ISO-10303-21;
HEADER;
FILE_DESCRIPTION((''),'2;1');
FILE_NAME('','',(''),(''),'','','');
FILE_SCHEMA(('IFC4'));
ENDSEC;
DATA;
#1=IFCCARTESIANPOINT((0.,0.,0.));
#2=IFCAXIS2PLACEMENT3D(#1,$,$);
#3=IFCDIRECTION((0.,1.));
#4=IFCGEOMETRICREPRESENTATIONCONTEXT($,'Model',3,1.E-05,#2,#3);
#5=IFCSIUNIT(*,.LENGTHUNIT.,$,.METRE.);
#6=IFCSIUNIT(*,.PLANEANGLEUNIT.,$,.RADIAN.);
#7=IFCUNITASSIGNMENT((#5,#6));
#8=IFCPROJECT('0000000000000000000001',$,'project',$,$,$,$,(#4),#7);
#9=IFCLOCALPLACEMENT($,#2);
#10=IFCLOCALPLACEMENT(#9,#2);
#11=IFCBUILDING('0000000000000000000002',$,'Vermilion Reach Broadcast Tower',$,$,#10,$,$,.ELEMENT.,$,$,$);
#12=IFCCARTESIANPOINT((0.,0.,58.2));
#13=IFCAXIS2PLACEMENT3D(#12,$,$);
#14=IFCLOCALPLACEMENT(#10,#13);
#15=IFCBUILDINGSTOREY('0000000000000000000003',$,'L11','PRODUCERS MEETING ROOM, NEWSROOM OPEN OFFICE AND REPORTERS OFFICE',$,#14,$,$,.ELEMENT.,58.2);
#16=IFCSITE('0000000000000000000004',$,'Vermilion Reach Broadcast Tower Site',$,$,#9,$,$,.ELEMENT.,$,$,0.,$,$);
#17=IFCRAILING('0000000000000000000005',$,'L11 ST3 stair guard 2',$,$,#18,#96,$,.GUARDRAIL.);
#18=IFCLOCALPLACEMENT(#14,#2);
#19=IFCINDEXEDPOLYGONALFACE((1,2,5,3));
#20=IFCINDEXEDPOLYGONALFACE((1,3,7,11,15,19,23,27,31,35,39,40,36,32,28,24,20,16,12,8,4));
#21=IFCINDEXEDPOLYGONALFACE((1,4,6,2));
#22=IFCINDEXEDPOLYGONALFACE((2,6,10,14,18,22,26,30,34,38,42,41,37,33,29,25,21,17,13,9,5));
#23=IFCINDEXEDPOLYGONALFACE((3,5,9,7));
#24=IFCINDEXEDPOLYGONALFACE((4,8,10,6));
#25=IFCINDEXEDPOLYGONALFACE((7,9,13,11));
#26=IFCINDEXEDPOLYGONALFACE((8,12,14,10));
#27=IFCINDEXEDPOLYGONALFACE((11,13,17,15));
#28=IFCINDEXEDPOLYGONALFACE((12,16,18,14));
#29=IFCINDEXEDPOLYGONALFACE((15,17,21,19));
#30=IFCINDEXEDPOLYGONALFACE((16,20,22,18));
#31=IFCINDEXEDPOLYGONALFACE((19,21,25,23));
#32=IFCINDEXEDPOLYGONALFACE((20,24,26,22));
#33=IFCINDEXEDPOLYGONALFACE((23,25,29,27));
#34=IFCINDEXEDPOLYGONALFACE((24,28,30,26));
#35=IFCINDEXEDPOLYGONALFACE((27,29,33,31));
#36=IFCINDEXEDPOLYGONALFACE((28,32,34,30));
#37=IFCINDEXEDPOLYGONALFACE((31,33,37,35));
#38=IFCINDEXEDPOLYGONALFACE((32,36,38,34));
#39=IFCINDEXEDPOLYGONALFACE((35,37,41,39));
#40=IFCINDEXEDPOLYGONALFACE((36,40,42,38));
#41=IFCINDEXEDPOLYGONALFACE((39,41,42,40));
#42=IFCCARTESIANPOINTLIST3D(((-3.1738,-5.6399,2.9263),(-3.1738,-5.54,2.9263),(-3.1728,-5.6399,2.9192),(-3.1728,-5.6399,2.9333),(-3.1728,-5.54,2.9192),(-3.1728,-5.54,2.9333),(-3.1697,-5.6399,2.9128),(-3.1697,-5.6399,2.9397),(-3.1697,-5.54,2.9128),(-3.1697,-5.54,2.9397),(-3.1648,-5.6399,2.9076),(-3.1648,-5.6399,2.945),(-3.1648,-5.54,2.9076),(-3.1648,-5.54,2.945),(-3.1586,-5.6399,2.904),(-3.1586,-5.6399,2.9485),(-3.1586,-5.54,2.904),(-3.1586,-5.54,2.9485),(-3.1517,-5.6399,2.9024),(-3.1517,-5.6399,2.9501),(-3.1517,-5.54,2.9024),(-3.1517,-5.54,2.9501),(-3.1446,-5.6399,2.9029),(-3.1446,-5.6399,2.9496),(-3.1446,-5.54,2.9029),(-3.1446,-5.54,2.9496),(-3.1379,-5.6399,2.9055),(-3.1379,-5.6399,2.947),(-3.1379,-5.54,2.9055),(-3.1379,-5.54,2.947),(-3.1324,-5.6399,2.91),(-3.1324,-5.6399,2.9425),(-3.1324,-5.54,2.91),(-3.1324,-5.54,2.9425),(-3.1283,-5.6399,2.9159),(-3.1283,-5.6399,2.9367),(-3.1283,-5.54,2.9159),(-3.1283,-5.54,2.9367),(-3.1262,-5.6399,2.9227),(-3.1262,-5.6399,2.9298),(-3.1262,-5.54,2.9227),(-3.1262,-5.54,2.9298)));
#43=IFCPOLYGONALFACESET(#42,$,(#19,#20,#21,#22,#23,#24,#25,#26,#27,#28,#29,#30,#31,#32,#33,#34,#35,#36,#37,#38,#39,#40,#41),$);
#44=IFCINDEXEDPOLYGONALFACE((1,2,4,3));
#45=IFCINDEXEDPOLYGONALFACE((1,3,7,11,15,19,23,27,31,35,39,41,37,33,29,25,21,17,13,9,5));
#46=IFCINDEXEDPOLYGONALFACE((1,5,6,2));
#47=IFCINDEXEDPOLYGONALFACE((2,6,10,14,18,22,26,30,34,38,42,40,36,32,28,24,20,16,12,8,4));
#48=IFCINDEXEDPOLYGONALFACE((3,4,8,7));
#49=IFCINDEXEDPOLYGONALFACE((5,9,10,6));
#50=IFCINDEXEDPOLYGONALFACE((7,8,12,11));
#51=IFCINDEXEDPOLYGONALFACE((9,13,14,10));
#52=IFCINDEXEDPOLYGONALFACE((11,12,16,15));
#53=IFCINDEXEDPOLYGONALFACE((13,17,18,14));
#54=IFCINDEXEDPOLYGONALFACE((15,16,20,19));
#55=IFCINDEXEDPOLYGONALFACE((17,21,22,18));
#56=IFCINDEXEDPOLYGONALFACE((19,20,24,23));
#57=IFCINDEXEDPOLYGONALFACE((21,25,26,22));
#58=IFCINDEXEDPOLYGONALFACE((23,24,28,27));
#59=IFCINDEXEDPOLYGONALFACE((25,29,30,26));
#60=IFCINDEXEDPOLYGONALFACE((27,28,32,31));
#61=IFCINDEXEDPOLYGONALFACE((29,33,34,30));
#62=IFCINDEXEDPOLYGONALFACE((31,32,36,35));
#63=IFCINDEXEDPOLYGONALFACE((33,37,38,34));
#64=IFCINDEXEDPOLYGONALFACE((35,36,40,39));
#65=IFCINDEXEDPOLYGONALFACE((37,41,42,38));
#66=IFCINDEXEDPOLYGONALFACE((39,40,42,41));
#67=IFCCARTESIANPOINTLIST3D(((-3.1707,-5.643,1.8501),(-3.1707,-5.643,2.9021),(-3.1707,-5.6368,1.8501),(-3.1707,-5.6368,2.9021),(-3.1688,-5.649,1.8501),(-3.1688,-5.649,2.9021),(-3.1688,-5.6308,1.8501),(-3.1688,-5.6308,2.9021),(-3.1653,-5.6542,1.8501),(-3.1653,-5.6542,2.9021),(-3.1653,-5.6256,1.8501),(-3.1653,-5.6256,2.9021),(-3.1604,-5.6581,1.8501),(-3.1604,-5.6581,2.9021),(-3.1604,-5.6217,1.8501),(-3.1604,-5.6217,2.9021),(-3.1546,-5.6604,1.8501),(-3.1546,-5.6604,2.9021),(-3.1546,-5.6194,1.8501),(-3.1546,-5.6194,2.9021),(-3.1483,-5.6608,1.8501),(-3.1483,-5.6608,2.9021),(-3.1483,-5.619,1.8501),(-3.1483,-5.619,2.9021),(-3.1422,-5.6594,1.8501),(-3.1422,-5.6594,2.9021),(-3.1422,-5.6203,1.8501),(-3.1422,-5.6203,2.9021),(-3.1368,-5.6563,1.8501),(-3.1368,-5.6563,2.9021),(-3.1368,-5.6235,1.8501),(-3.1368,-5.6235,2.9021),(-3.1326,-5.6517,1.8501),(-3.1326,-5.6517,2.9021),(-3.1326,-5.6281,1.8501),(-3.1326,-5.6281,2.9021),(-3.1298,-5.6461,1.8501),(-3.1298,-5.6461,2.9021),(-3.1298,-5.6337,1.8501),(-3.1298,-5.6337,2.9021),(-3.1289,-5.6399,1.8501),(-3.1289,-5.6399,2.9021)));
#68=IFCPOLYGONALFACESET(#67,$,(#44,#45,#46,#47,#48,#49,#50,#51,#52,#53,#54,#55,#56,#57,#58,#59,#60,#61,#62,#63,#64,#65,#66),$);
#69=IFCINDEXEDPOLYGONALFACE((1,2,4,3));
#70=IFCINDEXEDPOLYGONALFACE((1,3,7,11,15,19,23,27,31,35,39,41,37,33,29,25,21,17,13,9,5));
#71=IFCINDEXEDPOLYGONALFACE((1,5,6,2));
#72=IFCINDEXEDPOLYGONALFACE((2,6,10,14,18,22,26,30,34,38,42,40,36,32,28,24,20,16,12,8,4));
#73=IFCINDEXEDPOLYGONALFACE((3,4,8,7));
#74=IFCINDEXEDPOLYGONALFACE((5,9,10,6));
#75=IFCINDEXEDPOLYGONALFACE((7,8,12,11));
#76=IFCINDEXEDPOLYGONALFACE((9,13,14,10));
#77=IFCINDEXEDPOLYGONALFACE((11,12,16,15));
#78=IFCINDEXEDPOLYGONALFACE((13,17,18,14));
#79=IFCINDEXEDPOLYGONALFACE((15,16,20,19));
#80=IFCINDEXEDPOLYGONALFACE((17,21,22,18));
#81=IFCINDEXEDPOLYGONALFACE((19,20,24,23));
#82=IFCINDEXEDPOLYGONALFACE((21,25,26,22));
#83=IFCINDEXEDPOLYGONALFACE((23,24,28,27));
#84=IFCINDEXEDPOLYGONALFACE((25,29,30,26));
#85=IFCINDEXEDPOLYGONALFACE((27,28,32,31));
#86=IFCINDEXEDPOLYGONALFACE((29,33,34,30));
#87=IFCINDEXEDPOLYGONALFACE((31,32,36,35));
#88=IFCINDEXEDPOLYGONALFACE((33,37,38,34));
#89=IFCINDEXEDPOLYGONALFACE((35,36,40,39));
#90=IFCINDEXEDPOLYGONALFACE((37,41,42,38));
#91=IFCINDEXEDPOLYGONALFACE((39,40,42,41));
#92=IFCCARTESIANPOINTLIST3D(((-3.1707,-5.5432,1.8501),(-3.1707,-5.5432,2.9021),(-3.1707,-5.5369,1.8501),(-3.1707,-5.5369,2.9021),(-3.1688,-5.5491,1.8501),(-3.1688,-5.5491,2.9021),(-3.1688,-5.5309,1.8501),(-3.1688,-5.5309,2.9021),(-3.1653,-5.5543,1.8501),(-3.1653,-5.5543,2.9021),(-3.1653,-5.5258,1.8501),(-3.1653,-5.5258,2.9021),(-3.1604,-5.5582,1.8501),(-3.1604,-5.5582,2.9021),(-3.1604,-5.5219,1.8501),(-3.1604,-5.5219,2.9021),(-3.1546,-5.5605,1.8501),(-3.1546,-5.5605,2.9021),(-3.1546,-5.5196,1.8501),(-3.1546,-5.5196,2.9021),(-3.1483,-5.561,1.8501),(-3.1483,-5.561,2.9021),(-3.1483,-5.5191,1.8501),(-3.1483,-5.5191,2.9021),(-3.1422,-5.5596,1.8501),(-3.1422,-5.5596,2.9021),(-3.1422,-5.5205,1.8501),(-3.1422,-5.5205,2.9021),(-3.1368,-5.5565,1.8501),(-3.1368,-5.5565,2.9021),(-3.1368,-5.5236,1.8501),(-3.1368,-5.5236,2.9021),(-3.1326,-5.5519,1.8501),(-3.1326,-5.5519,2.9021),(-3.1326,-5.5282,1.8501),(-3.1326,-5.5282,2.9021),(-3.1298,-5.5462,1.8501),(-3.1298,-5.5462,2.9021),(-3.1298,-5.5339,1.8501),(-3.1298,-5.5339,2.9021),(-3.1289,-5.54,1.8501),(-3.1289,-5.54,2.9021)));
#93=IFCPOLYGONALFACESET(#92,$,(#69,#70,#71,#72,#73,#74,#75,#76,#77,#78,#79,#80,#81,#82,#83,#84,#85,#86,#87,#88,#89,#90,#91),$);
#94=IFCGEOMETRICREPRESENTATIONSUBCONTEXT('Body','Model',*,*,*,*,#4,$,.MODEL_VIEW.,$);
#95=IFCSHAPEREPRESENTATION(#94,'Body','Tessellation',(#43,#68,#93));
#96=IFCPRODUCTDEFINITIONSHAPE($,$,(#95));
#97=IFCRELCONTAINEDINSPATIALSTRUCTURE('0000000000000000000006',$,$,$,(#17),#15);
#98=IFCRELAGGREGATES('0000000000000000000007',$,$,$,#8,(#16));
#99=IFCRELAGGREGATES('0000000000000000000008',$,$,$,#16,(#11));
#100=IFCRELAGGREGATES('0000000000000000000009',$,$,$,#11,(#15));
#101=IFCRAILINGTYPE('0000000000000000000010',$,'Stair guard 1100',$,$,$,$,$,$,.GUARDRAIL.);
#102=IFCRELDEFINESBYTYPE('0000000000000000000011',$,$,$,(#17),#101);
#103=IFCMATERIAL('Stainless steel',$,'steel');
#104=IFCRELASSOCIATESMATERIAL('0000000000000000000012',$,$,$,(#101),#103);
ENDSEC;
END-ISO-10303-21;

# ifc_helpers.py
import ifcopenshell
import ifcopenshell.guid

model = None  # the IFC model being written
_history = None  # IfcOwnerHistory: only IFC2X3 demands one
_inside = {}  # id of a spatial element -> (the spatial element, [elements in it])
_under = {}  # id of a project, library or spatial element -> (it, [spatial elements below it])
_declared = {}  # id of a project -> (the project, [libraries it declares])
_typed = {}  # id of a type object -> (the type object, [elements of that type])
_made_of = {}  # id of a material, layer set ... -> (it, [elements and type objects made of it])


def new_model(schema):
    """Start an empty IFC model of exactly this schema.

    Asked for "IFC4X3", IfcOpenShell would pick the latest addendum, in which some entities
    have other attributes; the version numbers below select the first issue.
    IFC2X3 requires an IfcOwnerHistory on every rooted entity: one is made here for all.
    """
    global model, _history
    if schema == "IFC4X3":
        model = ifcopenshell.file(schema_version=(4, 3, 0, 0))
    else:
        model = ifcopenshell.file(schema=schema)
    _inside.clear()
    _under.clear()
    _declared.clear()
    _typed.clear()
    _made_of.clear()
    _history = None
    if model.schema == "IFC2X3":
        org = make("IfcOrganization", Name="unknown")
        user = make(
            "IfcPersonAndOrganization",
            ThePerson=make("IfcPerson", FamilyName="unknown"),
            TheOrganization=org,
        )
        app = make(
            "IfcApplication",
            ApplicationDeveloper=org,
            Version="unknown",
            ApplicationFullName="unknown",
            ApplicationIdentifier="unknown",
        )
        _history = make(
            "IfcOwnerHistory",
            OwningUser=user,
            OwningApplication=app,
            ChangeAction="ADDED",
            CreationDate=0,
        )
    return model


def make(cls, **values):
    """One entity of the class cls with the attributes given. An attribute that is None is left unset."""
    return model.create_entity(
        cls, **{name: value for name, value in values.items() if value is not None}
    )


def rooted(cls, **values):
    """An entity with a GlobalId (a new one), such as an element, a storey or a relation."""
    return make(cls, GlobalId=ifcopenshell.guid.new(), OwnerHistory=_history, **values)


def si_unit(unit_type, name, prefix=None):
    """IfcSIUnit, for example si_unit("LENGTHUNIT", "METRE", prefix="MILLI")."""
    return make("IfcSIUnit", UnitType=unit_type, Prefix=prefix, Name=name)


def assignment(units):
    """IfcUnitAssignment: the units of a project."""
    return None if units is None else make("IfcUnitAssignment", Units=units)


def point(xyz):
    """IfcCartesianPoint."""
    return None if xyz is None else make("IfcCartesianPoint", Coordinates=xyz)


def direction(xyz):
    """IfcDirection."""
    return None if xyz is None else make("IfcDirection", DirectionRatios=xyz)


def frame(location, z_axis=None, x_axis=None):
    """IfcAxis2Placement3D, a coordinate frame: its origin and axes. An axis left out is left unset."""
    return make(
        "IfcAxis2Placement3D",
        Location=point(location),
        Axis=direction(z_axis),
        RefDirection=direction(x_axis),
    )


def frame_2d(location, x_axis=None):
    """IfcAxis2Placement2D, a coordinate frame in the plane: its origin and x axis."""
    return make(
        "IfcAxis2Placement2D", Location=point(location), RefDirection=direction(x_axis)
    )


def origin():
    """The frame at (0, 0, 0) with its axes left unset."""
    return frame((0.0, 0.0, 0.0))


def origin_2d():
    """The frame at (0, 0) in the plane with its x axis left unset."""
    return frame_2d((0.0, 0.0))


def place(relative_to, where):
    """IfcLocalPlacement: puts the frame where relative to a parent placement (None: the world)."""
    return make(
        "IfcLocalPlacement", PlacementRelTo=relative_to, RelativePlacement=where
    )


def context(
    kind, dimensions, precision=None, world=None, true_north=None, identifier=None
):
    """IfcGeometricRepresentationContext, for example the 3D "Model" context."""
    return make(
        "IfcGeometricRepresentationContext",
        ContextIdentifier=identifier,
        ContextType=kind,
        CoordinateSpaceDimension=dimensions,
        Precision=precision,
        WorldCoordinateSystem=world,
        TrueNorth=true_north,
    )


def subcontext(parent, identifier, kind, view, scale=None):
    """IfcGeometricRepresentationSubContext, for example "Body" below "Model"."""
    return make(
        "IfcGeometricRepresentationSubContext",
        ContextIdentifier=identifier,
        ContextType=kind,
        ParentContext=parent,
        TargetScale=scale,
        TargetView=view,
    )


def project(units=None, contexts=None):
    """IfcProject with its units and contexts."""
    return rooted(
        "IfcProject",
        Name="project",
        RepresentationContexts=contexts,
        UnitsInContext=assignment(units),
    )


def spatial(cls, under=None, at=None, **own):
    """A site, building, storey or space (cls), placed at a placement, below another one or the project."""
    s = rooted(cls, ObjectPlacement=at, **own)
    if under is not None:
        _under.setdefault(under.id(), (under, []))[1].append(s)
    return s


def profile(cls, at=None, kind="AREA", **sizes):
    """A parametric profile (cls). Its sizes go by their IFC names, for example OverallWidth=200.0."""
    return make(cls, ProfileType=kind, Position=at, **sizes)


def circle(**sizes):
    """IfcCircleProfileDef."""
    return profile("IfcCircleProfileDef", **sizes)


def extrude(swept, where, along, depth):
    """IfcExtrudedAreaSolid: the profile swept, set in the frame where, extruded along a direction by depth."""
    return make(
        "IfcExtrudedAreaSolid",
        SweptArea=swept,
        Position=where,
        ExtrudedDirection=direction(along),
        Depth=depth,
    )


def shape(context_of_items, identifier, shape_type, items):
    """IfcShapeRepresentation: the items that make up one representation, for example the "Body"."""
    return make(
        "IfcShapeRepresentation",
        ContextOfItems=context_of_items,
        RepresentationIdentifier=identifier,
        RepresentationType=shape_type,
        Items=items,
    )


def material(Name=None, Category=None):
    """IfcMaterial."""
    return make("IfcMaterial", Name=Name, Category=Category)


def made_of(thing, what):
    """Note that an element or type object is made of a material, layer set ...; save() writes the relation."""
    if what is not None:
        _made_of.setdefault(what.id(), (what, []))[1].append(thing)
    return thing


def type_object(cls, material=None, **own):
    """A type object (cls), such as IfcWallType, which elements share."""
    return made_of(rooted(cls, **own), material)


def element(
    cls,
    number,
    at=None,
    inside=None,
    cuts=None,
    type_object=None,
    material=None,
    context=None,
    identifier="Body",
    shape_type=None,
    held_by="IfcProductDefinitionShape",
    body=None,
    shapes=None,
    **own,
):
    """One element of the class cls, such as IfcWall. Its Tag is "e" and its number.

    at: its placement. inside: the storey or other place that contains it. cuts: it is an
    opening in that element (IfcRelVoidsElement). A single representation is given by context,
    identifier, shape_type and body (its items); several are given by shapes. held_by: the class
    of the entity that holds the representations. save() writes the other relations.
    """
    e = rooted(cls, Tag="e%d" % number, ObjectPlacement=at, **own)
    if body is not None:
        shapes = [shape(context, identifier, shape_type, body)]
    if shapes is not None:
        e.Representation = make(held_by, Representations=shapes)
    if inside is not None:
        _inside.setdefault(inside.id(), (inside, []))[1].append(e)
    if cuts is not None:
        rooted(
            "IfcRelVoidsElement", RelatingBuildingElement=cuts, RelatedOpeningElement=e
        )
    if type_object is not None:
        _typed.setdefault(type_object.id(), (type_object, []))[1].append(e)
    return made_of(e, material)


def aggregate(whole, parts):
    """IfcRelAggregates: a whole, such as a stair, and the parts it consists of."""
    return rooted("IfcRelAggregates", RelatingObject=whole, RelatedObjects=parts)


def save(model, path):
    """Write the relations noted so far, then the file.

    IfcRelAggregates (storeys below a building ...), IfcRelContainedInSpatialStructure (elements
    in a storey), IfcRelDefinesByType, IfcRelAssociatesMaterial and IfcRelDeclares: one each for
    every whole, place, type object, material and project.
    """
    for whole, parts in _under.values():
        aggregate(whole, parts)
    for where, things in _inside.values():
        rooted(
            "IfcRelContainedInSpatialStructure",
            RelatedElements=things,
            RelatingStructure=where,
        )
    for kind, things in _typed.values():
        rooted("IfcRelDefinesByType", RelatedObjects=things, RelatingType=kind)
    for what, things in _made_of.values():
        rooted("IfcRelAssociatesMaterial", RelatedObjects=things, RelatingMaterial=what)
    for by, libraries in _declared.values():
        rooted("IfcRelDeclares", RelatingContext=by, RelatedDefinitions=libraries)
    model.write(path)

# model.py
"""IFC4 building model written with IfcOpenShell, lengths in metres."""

from ifc_helpers import new_model, si_unit, direction, frame, origin, origin_2d, place, context, subcontext, project, spatial, circle, extrude, material, type_object, element, save


model = new_model("IFC4")

# Units and contexts
model_context = context("Model", 3, precision=1e-05, world=origin(), true_north=direction((0.0, 1.0)))
body_context = subcontext(model_context, "Body", "Model", "MODEL_VIEW")
ifc_project = project(units=[si_unit("LENGTHUNIT", "METRE"), si_unit("PLANEANGLEUNIT", "RADIAN")], contexts=[model_context])

# Site, building, storey
site_placement = place(None, origin())
site = spatial("IfcSite", under=ifc_project, at=site_placement, Name="Vermilion Reach Broadcast Tower Site", CompositionType="ELEMENT", RefElevation=0.0)
building_placement = place(site_placement, origin())
building = spatial("IfcBuilding", under=site, at=building_placement, Name="Vermilion Reach Broadcast Tower", CompositionType="ELEMENT")
storey_placement = place(building_placement, frame((0.0, 0.0, 58.2)))
storey = spatial("IfcBuildingStorey", under=building, at=storey_placement, Name="L11", Description="PRODUCERS MEETING ROOM, NEWSROOM OPEN OFFICE AND REPORTERS OFFICE", CompositionType="ELEMENT", Elevation=58.2)

# Railing
ifc_material_1 = material(Name="Stainless steel", Category="steel")
railing_type_1 = type_object("IfcRailingType", Name="Stair guard 1100", PredefinedType="GUARDRAIL", material=ifc_material_1)
railing_1_placement = place(storey_placement, frame((-3.1499, -5.6399, 1.8501)))
element("IfcRailing", 1, at=railing_1_placement, inside=storey, type_object=railing_type_1, Name="L11 ST3 stair guard 2", PredefinedType="GUARDRAIL", context=body_context, shape_type="SweptSolid", body=[
    extrude(circle(Radius=0.0239, at=origin_2d()), frame((0.0, 0.0, 1.0762), z_axis=(0.0, 1.0, 0.0), x_axis=(-1.0, 0.0, 0.0)), (0.0, 0.0, 1.0), 0.0999),
    extrude(circle(Radius=0.021, at=origin_2d()), origin(), (0.0, 0.0, 1.0), 1.052),
    extrude(circle(Radius=0.021, at=origin_2d()), frame((0.0, 0.0999, 0.0)), (0.0, 0.0, 1.0), 1.052),
])

save(model, "model.ifc")
